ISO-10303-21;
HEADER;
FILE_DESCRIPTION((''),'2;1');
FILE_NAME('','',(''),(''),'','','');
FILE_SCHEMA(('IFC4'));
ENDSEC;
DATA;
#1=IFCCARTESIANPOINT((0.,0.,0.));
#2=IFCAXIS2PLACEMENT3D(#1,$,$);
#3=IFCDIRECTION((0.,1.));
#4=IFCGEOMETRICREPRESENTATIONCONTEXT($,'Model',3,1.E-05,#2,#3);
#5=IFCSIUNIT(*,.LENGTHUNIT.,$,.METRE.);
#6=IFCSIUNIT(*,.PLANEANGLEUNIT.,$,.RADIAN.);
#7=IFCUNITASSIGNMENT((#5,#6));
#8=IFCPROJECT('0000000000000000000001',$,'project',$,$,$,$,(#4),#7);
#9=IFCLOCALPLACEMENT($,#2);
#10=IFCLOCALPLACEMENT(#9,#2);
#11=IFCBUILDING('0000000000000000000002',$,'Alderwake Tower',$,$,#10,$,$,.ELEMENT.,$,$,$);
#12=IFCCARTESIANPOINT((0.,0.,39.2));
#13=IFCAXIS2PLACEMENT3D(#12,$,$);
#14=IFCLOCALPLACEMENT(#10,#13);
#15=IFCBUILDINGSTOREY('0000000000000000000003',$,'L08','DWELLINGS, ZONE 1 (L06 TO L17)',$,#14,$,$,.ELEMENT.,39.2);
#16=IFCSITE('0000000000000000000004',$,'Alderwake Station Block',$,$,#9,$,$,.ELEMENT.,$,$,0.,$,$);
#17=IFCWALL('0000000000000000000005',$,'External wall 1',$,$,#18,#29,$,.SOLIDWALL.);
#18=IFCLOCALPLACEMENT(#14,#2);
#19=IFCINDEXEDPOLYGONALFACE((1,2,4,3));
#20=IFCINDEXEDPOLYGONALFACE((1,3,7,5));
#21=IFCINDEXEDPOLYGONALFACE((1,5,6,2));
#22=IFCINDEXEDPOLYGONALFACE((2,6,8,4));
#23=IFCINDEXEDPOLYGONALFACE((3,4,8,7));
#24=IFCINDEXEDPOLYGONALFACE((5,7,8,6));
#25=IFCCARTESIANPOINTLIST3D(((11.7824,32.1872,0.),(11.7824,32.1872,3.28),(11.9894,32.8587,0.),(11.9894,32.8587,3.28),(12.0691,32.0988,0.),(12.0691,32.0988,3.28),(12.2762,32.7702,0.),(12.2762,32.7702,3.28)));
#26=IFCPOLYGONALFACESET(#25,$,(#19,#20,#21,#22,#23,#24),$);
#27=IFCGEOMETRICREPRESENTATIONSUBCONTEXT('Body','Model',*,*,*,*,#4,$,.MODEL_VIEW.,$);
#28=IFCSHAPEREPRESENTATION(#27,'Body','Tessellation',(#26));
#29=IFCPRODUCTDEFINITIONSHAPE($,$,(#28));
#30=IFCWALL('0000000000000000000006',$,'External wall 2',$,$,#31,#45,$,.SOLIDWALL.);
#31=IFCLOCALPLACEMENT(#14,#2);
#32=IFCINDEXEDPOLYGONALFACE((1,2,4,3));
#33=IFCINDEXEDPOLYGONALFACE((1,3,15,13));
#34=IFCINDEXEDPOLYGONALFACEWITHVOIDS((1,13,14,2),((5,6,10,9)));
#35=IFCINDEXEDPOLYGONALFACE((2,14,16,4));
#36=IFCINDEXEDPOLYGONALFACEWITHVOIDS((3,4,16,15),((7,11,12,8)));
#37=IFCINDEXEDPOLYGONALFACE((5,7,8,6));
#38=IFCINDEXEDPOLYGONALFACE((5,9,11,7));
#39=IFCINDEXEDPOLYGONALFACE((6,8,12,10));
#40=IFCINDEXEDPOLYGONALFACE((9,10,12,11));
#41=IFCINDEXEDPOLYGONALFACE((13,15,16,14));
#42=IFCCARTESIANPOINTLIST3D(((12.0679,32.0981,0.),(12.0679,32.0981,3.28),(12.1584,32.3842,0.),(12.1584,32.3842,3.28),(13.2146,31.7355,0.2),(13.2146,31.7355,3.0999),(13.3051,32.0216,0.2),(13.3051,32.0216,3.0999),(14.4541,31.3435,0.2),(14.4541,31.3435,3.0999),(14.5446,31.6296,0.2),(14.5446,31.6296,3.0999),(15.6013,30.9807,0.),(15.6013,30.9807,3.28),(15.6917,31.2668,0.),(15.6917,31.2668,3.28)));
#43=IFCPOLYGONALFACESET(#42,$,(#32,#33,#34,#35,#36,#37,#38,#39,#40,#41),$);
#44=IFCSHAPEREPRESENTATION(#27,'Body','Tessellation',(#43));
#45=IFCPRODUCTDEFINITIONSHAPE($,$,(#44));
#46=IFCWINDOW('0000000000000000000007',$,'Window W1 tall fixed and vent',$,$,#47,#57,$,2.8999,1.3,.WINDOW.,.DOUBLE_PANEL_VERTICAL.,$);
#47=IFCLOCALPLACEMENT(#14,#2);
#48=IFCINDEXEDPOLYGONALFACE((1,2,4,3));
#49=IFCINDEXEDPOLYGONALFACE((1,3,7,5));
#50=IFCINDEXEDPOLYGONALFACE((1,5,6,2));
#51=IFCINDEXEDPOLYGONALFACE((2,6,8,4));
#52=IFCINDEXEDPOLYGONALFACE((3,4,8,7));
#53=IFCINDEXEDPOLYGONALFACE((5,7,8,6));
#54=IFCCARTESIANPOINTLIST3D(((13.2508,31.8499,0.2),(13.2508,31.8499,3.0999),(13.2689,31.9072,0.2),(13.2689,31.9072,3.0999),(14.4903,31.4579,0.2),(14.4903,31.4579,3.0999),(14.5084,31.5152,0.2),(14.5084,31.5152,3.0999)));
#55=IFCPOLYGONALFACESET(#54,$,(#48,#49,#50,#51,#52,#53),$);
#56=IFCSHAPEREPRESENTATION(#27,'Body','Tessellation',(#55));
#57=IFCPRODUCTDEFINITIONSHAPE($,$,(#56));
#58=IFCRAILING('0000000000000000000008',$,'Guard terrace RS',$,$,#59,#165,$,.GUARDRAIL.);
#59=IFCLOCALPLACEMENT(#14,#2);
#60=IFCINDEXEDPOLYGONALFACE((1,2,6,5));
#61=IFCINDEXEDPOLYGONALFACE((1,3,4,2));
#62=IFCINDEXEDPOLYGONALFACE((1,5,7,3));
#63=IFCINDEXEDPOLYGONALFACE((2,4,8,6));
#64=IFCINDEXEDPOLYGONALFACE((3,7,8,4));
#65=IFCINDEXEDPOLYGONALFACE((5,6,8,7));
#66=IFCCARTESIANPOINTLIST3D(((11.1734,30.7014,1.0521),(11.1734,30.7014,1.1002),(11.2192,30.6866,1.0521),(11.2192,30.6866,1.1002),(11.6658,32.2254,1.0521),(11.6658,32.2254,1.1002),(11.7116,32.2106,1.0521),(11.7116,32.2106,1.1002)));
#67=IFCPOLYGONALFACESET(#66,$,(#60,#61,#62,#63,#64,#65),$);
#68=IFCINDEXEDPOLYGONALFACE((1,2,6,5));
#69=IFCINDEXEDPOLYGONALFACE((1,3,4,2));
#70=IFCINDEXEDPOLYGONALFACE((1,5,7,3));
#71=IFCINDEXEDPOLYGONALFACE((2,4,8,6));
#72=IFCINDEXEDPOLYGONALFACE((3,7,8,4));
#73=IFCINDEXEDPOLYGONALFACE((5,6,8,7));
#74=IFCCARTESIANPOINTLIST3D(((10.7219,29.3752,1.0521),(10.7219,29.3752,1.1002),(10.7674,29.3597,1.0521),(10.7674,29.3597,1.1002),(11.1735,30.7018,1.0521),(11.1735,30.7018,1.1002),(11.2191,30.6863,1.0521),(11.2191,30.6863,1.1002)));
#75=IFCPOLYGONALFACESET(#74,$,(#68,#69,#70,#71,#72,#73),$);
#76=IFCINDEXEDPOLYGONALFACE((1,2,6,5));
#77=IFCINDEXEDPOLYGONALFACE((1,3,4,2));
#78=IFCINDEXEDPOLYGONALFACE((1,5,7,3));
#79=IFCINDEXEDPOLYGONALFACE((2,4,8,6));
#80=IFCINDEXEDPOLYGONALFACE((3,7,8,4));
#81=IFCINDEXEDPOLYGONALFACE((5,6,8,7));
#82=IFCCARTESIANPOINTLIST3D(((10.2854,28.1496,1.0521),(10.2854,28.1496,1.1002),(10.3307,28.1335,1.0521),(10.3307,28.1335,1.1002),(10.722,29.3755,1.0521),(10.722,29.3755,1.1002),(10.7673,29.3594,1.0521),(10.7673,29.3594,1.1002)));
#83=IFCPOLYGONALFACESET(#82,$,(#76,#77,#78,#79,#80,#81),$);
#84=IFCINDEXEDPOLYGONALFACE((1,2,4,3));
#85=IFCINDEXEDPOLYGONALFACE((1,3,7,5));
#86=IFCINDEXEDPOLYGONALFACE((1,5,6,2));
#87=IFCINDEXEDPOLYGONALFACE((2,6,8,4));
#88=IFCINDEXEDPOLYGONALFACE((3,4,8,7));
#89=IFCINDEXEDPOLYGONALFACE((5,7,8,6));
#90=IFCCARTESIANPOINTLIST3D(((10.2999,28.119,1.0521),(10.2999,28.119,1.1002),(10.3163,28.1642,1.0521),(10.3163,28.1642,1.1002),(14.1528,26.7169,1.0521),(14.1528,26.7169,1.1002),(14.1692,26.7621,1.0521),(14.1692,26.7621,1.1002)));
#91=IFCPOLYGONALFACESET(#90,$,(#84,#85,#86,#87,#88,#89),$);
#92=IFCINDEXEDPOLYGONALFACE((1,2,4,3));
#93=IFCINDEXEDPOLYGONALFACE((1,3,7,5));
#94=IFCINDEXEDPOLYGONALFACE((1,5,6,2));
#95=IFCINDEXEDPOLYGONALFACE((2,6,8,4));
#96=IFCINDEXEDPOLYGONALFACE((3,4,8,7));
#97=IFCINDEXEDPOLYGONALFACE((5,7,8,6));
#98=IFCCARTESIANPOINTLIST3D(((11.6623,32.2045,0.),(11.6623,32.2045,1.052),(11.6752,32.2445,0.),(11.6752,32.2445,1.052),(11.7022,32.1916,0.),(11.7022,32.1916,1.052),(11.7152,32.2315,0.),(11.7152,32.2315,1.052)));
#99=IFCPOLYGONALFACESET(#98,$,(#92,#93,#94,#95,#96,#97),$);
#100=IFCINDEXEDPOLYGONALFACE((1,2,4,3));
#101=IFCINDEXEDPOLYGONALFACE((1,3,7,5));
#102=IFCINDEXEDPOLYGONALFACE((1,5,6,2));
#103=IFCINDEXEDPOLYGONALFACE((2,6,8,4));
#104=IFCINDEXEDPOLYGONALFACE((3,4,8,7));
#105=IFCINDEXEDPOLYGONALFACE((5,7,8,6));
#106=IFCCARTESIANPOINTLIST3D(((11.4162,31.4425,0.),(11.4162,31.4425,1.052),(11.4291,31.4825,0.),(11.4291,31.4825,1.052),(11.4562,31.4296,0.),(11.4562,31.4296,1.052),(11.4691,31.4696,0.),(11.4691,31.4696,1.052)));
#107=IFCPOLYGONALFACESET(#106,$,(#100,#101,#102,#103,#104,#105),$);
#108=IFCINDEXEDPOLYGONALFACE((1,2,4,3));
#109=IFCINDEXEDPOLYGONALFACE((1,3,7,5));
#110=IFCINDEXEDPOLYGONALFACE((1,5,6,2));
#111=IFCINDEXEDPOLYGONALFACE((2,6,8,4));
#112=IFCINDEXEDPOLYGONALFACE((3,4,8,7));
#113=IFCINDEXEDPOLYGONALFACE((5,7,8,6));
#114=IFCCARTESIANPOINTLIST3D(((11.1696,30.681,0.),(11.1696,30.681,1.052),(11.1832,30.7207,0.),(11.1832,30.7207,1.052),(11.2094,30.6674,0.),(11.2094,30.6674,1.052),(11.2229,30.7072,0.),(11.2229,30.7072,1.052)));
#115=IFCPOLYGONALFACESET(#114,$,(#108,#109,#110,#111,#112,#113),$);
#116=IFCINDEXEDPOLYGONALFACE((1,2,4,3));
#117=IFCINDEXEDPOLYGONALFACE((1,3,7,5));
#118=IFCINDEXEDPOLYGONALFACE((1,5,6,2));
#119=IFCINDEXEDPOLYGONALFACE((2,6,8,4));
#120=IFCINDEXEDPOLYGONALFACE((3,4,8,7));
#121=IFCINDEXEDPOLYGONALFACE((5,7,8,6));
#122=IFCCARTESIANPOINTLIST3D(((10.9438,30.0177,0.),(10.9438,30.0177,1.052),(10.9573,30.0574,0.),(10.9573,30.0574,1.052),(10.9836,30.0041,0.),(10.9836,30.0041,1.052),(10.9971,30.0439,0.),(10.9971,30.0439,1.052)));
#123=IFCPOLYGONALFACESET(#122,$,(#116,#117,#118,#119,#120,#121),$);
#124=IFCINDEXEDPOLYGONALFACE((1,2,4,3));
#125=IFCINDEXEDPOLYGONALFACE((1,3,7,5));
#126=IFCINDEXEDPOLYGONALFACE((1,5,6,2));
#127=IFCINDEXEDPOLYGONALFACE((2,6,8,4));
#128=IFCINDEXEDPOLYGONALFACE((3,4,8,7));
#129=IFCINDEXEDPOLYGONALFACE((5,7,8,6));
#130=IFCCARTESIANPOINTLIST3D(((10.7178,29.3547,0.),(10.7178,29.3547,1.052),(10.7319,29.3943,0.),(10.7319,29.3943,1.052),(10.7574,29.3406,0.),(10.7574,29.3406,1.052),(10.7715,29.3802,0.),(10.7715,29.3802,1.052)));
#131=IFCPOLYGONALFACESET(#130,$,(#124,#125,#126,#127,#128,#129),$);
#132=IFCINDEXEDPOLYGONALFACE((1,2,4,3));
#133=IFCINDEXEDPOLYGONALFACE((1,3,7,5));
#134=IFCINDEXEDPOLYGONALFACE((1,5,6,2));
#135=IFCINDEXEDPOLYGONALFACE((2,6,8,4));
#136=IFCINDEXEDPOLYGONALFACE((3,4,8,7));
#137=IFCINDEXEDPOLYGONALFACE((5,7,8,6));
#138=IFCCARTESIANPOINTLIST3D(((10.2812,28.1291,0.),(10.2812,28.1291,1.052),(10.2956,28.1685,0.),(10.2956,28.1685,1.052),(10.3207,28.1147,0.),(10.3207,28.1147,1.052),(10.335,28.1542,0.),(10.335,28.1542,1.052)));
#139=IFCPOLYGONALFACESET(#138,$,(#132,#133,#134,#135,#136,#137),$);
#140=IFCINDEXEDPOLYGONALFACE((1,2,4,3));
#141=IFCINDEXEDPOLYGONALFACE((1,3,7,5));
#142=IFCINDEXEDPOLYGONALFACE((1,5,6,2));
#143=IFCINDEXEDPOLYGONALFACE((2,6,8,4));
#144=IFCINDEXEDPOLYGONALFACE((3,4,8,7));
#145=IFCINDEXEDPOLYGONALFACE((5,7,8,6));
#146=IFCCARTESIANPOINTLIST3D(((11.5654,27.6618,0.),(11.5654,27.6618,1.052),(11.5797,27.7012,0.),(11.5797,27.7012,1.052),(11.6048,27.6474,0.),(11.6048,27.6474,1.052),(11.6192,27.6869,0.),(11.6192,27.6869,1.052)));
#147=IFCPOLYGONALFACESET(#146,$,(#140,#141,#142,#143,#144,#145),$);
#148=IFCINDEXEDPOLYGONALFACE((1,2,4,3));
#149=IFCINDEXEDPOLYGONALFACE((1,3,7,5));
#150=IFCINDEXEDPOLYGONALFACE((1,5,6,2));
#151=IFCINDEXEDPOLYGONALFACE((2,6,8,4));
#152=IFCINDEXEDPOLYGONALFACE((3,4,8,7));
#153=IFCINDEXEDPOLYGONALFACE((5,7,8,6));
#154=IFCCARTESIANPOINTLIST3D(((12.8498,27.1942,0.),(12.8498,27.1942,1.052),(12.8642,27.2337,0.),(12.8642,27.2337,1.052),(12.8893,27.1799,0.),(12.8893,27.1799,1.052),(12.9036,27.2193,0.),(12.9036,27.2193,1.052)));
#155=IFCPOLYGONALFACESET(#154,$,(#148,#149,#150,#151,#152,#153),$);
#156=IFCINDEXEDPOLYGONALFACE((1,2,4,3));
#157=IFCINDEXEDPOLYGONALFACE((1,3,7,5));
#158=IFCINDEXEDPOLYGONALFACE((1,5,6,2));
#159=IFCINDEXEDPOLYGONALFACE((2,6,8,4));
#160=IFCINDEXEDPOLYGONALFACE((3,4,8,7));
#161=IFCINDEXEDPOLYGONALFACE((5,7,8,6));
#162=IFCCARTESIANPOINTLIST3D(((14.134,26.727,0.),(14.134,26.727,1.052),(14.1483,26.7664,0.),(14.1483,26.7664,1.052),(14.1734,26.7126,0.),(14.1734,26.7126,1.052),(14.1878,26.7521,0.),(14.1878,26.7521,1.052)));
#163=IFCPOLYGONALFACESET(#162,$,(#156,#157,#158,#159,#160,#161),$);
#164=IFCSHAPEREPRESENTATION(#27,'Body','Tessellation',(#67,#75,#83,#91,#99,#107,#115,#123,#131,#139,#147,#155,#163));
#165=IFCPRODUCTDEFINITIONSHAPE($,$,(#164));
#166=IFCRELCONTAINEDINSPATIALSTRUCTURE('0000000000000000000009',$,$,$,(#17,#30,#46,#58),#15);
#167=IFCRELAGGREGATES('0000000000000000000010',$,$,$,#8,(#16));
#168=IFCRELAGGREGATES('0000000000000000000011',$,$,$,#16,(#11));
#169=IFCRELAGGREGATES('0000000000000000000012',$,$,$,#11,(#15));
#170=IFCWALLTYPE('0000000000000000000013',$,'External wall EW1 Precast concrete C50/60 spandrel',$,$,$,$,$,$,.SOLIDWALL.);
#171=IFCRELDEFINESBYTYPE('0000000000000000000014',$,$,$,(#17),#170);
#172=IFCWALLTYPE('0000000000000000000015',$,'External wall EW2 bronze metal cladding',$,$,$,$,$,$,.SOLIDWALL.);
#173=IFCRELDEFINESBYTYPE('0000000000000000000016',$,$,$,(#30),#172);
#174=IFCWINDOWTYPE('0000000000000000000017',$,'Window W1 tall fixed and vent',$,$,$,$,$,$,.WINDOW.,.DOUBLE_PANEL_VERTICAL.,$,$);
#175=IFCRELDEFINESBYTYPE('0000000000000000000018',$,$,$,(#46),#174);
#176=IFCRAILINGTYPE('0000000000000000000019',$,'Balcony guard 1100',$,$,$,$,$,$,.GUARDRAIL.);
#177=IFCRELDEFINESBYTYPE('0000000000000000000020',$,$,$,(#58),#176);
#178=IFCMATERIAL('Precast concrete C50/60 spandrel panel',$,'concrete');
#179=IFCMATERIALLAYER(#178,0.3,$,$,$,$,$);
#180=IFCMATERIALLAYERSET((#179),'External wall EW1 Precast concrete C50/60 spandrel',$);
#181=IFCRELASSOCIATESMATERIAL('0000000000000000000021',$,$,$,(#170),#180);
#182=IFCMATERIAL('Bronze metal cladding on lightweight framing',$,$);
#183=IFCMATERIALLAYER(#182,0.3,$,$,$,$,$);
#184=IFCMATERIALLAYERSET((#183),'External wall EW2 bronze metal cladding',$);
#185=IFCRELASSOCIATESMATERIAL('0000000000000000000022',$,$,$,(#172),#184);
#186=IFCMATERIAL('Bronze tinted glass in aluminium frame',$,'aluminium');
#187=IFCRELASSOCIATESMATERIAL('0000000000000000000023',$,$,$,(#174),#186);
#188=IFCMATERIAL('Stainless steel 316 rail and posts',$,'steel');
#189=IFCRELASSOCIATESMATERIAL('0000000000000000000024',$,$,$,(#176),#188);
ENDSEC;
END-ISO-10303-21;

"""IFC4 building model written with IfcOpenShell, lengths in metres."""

from ifc_helpers import new_model, si_unit, direction, frame, frame_2d, origin, origin_2d, place, context, subcontext, project, spatial, rectangle, extrude, material, layer, layer_set, type_object, element, fill, save


model = new_model("IFC4")

# Units and contexts
model_context = context("Model", 3, precision=1e-05, world=origin(), true_north=direction((0.0, 1.0)))
body_context = subcontext(model_context, "Body", "Model", "MODEL_VIEW")
ifc_project = project(units=[si_unit("LENGTHUNIT", "METRE"), si_unit("PLANEANGLEUNIT", "RADIAN")], contexts=[model_context])

# Site, building, storey
site_placement = place(None, origin())
site = spatial("IfcSite", under=ifc_project, at=site_placement, Name="Alderwake Station Block", CompositionType="ELEMENT", RefElevation=0.0)
building_placement = place(site_placement, origin())
building = spatial("IfcBuilding", under=site, at=building_placement, Name="Alderwake Tower", CompositionType="ELEMENT")
storey_placement = place(building_placement, frame((0.0, 0.0, 39.2)))
storey = spatial("IfcBuildingStorey", under=building, at=storey_placement, Name="L08", Description="DWELLINGS, ZONE 1 (L06 TO L17)", CompositionType="ELEMENT", Elevation=39.2)

# Wall
ifc_material_1 = material(Name="Precast concrete C50/60 spandrel panel", Category="concrete")
ifc_layer_1 = layer(ifc_material_1, 0.3)
ifc_layer_set_1 = layer_set([ifc_layer_1], Name="External wall EW1 Precast concrete C50/60 spandrel")
wall_type_1 = type_object("IfcWallType", Name="External wall EW1 Precast concrete C50/60 spandrel", PredefinedType="SOLIDWALL", material=ifc_layer_set_1)
wall_1_placement = place(storey_placement, frame((12.1328, 32.8145, 0.0), z_axis=(0.0, 0.0, 1.0), x_axis=(-0.294672, -0.955599, 0.0)))
element("IfcWall", 1, at=wall_1_placement, inside=storey, type_object=wall_type_1, Name="External wall 1", PredefinedType="SOLIDWALL", context=body_context, shape_type="SweptSolid", body=[
    extrude(rectangle(XDim=0.7026, YDim=0.3, at=frame_2d((0.3513, 0.0))), origin(), (0.0, 0.0, 1.0), 3.28),
])

# Wall, opening, window
ifc_material_2 = material(Name="Bronze metal cladding on lightweight framing")
ifc_layer_2 = layer(ifc_material_2, 0.3)
ifc_layer_set_2 = layer_set([ifc_layer_2], Name="External wall EW2 bronze metal cladding")
wall_type_2 = type_object("IfcWallType", Name="External wall EW2 bronze metal cladding", PredefinedType="SOLIDWALL", material=ifc_layer_set_2)
wall_2_placement = place(storey_placement, frame((12.113, 32.2412, 0.0), z_axis=(0.0, 0.0, 1.0), x_axis=(0.953458, -0.301525, 0.0)))
wall_2 = element("IfcWall", 2, at=wall_2_placement, inside=storey, type_object=wall_type_2, Name="External wall 2", PredefinedType="SOLIDWALL", context=body_context, shape_type="SweptSolid", body=[
    extrude(rectangle(XDim=3.7058, YDim=0.3, at=frame_2d((1.853, 0.0))), origin(), (0.0, 0.0, 1.0), 3.28),
])
opening_placement = place(wall_2_placement, frame((1.2029, 0.0, 0.2)))
opening = element("IfcOpeningElement", 3, at=opening_placement, cuts=wall_2, PredefinedType="OPENING", context=body_context, shape_type="SweptSolid", body=[
    extrude(rectangle(XDim=1.3, YDim=2.8999, at=frame_2d((0.6499, 1.45))), frame((0.0, 0.1599, 0.0), z_axis=(0.0, -1.0, 0.0), x_axis=(1.0, 0.0, 0.0)), (0.0, 0.0, 1.0), 0.3201),
])
ifc_material_3 = material(Name="Bronze tinted glass in aluminium frame", Category="aluminium")
window_type = type_object("IfcWindowType", Name="Window W1 tall fixed and vent", PartitioningType="DOUBLE_PANEL_VERTICAL", PredefinedType="WINDOW", material=ifc_material_3)
window_placement = place(opening_placement, origin())
window = element("IfcWindow", 4, at=window_placement, inside=storey, type_object=window_type, Name="Window W1 tall fixed and vent", OverallHeight=2.8999, OverallWidth=1.3, PartitioningType="DOUBLE_PANEL_VERTICAL", PredefinedType="WINDOW", context=body_context, shape_type="SweptSolid", body=[
    extrude(rectangle(XDim=1.3, YDim=2.8999, at=frame_2d((0.6499, 1.45))), frame((0.0, 0.03, 0.0), z_axis=(0.0, -1.0, 0.0), x_axis=(1.0, 0.0, 0.0)), (0.0, 0.0, 1.0), 0.0601),
])
fill(opening, window)

# Railing
ifc_material_4 = material(Name="Stainless steel 316 rail and posts", Category="steel")
railing_type = type_object("IfcRailingType", Name="Balcony guard 1100", PredefinedType="GUARDRAIL", material=ifc_material_4)
railing_placement = place(storey_placement, frame((11.6887, 32.218, 0.0)))
element("IfcRailing", 5, at=railing_placement, inside=storey, type_object=railing_type, Name="Guard terrace RS", PredefinedType="GUARDRAIL", context=body_context, shape_type="SweptSolid", body=[
    extrude(rectangle(XDim=0.0481, YDim=0.0481, at=origin_2d()), frame((0.0, 0.0, 1.0762), z_axis=(-0.307479, -0.951555, 0.0), x_axis=(0.951555, -0.307479, 0.0)), (0.0, 0.0, 1.0), 1.6016),
    extrude(rectangle(XDim=0.0481, YDim=0.0481, at=origin_2d()), frame((-0.4924, -1.5239, 1.0762), z_axis=(-0.322284, -0.946643, 0.0), x_axis=(0.946643, -0.322284, 0.0)), (0.0, 0.0, 1.0), 1.4014),
    extrude(rectangle(XDim=0.0481, YDim=0.0481, at=origin_2d()), frame((-0.9441, -2.8506, 1.0762), z_axis=(-0.335469, -0.942051, 0.0), x_axis=(0.942051, -0.335469, 0.0)), (0.0, 0.0, 1.0), 1.3013),
    extrude(rectangle(XDim=0.0481, YDim=0.0481, at=origin_2d()), frame((-1.3806, -4.0764, 1.0762), z_axis=(0.939708, -0.341977, 0.0), x_axis=(0.341977, 0.939708, 0.0)), (0.0, 0.0, 1.0), 4.1001),
    extrude(rectangle(XDim=0.042, YDim=0.042, at=origin_2d()), frame((0.0, 0.0, 0.0), z_axis=(0.0, 0.0, 1.0), x_axis=(-0.307479, -0.951555, 0.0)), (0.0, 0.0, 1.0), 1.052),
    extrude(rectangle(XDim=0.042, YDim=0.042, at=origin_2d()), frame((-0.2461, -0.762, 0.0), z_axis=(0.0, 0.0, 1.0), x_axis=(-0.307479, -0.951555, 0.0)), (0.0, 0.0, 1.0), 1.052),
    extrude(rectangle(XDim=0.042, YDim=0.042, at=origin_2d()), frame((-0.4924, -1.5239, 0.0), z_axis=(0.0, 0.0, 1.0), x_axis=(-0.322284, -0.946643, 0.0)), (0.0, 0.0, 1.0), 1.052),
    extrude(rectangle(XDim=0.042, YDim=0.042, at=origin_2d()), frame((-0.7183, -2.1873, 0.0), z_axis=(0.0, 0.0, 1.0), x_axis=(-0.322284, -0.946643, 0.0)), (0.0, 0.0, 1.0), 1.052),
    extrude(rectangle(XDim=0.042, YDim=0.042, at=origin_2d()), frame((-0.9441, -2.8506, 0.0), z_axis=(0.0, 0.0, 1.0), x_axis=(-0.335469, -0.942051, 0.0)), (0.0, 0.0, 1.0), 1.052),
    extrude(rectangle(XDim=0.042, YDim=0.042, at=origin_2d()), frame((-1.3806, -4.0764, 0.0), z_axis=(0.0, 0.0, 1.0), x_axis=(0.939708, -0.341977, 0.0)), (0.0, 0.0, 1.0), 1.052),
    extrude(rectangle(XDim=0.042, YDim=0.042, at=origin_2d()), frame((-0.0964, -4.5437, 0.0), z_axis=(0.0, 0.0, 1.0), x_axis=(0.939708, -0.341977, 0.0)), (0.0, 0.0, 1.0), 1.052),
    extrude(rectangle(XDim=0.042, YDim=0.042, at=origin_2d()), frame((1.188, -5.0112, 0.0), z_axis=(0.0, 0.0, 1.0), x_axis=(0.939708, -0.341977, 0.0)), (0.0, 0.0, 1.0), 1.052),
    extrude(rectangle(XDim=0.042, YDim=0.042, at=origin_2d()), frame((2.4722, -5.4785, 0.0), z_axis=(0.0, 0.0, 1.0), x_axis=(0.939708, -0.341977, 0.0)), (0.0, 0.0, 1.0), 1.052),
])

save(model, "model.ifc")
